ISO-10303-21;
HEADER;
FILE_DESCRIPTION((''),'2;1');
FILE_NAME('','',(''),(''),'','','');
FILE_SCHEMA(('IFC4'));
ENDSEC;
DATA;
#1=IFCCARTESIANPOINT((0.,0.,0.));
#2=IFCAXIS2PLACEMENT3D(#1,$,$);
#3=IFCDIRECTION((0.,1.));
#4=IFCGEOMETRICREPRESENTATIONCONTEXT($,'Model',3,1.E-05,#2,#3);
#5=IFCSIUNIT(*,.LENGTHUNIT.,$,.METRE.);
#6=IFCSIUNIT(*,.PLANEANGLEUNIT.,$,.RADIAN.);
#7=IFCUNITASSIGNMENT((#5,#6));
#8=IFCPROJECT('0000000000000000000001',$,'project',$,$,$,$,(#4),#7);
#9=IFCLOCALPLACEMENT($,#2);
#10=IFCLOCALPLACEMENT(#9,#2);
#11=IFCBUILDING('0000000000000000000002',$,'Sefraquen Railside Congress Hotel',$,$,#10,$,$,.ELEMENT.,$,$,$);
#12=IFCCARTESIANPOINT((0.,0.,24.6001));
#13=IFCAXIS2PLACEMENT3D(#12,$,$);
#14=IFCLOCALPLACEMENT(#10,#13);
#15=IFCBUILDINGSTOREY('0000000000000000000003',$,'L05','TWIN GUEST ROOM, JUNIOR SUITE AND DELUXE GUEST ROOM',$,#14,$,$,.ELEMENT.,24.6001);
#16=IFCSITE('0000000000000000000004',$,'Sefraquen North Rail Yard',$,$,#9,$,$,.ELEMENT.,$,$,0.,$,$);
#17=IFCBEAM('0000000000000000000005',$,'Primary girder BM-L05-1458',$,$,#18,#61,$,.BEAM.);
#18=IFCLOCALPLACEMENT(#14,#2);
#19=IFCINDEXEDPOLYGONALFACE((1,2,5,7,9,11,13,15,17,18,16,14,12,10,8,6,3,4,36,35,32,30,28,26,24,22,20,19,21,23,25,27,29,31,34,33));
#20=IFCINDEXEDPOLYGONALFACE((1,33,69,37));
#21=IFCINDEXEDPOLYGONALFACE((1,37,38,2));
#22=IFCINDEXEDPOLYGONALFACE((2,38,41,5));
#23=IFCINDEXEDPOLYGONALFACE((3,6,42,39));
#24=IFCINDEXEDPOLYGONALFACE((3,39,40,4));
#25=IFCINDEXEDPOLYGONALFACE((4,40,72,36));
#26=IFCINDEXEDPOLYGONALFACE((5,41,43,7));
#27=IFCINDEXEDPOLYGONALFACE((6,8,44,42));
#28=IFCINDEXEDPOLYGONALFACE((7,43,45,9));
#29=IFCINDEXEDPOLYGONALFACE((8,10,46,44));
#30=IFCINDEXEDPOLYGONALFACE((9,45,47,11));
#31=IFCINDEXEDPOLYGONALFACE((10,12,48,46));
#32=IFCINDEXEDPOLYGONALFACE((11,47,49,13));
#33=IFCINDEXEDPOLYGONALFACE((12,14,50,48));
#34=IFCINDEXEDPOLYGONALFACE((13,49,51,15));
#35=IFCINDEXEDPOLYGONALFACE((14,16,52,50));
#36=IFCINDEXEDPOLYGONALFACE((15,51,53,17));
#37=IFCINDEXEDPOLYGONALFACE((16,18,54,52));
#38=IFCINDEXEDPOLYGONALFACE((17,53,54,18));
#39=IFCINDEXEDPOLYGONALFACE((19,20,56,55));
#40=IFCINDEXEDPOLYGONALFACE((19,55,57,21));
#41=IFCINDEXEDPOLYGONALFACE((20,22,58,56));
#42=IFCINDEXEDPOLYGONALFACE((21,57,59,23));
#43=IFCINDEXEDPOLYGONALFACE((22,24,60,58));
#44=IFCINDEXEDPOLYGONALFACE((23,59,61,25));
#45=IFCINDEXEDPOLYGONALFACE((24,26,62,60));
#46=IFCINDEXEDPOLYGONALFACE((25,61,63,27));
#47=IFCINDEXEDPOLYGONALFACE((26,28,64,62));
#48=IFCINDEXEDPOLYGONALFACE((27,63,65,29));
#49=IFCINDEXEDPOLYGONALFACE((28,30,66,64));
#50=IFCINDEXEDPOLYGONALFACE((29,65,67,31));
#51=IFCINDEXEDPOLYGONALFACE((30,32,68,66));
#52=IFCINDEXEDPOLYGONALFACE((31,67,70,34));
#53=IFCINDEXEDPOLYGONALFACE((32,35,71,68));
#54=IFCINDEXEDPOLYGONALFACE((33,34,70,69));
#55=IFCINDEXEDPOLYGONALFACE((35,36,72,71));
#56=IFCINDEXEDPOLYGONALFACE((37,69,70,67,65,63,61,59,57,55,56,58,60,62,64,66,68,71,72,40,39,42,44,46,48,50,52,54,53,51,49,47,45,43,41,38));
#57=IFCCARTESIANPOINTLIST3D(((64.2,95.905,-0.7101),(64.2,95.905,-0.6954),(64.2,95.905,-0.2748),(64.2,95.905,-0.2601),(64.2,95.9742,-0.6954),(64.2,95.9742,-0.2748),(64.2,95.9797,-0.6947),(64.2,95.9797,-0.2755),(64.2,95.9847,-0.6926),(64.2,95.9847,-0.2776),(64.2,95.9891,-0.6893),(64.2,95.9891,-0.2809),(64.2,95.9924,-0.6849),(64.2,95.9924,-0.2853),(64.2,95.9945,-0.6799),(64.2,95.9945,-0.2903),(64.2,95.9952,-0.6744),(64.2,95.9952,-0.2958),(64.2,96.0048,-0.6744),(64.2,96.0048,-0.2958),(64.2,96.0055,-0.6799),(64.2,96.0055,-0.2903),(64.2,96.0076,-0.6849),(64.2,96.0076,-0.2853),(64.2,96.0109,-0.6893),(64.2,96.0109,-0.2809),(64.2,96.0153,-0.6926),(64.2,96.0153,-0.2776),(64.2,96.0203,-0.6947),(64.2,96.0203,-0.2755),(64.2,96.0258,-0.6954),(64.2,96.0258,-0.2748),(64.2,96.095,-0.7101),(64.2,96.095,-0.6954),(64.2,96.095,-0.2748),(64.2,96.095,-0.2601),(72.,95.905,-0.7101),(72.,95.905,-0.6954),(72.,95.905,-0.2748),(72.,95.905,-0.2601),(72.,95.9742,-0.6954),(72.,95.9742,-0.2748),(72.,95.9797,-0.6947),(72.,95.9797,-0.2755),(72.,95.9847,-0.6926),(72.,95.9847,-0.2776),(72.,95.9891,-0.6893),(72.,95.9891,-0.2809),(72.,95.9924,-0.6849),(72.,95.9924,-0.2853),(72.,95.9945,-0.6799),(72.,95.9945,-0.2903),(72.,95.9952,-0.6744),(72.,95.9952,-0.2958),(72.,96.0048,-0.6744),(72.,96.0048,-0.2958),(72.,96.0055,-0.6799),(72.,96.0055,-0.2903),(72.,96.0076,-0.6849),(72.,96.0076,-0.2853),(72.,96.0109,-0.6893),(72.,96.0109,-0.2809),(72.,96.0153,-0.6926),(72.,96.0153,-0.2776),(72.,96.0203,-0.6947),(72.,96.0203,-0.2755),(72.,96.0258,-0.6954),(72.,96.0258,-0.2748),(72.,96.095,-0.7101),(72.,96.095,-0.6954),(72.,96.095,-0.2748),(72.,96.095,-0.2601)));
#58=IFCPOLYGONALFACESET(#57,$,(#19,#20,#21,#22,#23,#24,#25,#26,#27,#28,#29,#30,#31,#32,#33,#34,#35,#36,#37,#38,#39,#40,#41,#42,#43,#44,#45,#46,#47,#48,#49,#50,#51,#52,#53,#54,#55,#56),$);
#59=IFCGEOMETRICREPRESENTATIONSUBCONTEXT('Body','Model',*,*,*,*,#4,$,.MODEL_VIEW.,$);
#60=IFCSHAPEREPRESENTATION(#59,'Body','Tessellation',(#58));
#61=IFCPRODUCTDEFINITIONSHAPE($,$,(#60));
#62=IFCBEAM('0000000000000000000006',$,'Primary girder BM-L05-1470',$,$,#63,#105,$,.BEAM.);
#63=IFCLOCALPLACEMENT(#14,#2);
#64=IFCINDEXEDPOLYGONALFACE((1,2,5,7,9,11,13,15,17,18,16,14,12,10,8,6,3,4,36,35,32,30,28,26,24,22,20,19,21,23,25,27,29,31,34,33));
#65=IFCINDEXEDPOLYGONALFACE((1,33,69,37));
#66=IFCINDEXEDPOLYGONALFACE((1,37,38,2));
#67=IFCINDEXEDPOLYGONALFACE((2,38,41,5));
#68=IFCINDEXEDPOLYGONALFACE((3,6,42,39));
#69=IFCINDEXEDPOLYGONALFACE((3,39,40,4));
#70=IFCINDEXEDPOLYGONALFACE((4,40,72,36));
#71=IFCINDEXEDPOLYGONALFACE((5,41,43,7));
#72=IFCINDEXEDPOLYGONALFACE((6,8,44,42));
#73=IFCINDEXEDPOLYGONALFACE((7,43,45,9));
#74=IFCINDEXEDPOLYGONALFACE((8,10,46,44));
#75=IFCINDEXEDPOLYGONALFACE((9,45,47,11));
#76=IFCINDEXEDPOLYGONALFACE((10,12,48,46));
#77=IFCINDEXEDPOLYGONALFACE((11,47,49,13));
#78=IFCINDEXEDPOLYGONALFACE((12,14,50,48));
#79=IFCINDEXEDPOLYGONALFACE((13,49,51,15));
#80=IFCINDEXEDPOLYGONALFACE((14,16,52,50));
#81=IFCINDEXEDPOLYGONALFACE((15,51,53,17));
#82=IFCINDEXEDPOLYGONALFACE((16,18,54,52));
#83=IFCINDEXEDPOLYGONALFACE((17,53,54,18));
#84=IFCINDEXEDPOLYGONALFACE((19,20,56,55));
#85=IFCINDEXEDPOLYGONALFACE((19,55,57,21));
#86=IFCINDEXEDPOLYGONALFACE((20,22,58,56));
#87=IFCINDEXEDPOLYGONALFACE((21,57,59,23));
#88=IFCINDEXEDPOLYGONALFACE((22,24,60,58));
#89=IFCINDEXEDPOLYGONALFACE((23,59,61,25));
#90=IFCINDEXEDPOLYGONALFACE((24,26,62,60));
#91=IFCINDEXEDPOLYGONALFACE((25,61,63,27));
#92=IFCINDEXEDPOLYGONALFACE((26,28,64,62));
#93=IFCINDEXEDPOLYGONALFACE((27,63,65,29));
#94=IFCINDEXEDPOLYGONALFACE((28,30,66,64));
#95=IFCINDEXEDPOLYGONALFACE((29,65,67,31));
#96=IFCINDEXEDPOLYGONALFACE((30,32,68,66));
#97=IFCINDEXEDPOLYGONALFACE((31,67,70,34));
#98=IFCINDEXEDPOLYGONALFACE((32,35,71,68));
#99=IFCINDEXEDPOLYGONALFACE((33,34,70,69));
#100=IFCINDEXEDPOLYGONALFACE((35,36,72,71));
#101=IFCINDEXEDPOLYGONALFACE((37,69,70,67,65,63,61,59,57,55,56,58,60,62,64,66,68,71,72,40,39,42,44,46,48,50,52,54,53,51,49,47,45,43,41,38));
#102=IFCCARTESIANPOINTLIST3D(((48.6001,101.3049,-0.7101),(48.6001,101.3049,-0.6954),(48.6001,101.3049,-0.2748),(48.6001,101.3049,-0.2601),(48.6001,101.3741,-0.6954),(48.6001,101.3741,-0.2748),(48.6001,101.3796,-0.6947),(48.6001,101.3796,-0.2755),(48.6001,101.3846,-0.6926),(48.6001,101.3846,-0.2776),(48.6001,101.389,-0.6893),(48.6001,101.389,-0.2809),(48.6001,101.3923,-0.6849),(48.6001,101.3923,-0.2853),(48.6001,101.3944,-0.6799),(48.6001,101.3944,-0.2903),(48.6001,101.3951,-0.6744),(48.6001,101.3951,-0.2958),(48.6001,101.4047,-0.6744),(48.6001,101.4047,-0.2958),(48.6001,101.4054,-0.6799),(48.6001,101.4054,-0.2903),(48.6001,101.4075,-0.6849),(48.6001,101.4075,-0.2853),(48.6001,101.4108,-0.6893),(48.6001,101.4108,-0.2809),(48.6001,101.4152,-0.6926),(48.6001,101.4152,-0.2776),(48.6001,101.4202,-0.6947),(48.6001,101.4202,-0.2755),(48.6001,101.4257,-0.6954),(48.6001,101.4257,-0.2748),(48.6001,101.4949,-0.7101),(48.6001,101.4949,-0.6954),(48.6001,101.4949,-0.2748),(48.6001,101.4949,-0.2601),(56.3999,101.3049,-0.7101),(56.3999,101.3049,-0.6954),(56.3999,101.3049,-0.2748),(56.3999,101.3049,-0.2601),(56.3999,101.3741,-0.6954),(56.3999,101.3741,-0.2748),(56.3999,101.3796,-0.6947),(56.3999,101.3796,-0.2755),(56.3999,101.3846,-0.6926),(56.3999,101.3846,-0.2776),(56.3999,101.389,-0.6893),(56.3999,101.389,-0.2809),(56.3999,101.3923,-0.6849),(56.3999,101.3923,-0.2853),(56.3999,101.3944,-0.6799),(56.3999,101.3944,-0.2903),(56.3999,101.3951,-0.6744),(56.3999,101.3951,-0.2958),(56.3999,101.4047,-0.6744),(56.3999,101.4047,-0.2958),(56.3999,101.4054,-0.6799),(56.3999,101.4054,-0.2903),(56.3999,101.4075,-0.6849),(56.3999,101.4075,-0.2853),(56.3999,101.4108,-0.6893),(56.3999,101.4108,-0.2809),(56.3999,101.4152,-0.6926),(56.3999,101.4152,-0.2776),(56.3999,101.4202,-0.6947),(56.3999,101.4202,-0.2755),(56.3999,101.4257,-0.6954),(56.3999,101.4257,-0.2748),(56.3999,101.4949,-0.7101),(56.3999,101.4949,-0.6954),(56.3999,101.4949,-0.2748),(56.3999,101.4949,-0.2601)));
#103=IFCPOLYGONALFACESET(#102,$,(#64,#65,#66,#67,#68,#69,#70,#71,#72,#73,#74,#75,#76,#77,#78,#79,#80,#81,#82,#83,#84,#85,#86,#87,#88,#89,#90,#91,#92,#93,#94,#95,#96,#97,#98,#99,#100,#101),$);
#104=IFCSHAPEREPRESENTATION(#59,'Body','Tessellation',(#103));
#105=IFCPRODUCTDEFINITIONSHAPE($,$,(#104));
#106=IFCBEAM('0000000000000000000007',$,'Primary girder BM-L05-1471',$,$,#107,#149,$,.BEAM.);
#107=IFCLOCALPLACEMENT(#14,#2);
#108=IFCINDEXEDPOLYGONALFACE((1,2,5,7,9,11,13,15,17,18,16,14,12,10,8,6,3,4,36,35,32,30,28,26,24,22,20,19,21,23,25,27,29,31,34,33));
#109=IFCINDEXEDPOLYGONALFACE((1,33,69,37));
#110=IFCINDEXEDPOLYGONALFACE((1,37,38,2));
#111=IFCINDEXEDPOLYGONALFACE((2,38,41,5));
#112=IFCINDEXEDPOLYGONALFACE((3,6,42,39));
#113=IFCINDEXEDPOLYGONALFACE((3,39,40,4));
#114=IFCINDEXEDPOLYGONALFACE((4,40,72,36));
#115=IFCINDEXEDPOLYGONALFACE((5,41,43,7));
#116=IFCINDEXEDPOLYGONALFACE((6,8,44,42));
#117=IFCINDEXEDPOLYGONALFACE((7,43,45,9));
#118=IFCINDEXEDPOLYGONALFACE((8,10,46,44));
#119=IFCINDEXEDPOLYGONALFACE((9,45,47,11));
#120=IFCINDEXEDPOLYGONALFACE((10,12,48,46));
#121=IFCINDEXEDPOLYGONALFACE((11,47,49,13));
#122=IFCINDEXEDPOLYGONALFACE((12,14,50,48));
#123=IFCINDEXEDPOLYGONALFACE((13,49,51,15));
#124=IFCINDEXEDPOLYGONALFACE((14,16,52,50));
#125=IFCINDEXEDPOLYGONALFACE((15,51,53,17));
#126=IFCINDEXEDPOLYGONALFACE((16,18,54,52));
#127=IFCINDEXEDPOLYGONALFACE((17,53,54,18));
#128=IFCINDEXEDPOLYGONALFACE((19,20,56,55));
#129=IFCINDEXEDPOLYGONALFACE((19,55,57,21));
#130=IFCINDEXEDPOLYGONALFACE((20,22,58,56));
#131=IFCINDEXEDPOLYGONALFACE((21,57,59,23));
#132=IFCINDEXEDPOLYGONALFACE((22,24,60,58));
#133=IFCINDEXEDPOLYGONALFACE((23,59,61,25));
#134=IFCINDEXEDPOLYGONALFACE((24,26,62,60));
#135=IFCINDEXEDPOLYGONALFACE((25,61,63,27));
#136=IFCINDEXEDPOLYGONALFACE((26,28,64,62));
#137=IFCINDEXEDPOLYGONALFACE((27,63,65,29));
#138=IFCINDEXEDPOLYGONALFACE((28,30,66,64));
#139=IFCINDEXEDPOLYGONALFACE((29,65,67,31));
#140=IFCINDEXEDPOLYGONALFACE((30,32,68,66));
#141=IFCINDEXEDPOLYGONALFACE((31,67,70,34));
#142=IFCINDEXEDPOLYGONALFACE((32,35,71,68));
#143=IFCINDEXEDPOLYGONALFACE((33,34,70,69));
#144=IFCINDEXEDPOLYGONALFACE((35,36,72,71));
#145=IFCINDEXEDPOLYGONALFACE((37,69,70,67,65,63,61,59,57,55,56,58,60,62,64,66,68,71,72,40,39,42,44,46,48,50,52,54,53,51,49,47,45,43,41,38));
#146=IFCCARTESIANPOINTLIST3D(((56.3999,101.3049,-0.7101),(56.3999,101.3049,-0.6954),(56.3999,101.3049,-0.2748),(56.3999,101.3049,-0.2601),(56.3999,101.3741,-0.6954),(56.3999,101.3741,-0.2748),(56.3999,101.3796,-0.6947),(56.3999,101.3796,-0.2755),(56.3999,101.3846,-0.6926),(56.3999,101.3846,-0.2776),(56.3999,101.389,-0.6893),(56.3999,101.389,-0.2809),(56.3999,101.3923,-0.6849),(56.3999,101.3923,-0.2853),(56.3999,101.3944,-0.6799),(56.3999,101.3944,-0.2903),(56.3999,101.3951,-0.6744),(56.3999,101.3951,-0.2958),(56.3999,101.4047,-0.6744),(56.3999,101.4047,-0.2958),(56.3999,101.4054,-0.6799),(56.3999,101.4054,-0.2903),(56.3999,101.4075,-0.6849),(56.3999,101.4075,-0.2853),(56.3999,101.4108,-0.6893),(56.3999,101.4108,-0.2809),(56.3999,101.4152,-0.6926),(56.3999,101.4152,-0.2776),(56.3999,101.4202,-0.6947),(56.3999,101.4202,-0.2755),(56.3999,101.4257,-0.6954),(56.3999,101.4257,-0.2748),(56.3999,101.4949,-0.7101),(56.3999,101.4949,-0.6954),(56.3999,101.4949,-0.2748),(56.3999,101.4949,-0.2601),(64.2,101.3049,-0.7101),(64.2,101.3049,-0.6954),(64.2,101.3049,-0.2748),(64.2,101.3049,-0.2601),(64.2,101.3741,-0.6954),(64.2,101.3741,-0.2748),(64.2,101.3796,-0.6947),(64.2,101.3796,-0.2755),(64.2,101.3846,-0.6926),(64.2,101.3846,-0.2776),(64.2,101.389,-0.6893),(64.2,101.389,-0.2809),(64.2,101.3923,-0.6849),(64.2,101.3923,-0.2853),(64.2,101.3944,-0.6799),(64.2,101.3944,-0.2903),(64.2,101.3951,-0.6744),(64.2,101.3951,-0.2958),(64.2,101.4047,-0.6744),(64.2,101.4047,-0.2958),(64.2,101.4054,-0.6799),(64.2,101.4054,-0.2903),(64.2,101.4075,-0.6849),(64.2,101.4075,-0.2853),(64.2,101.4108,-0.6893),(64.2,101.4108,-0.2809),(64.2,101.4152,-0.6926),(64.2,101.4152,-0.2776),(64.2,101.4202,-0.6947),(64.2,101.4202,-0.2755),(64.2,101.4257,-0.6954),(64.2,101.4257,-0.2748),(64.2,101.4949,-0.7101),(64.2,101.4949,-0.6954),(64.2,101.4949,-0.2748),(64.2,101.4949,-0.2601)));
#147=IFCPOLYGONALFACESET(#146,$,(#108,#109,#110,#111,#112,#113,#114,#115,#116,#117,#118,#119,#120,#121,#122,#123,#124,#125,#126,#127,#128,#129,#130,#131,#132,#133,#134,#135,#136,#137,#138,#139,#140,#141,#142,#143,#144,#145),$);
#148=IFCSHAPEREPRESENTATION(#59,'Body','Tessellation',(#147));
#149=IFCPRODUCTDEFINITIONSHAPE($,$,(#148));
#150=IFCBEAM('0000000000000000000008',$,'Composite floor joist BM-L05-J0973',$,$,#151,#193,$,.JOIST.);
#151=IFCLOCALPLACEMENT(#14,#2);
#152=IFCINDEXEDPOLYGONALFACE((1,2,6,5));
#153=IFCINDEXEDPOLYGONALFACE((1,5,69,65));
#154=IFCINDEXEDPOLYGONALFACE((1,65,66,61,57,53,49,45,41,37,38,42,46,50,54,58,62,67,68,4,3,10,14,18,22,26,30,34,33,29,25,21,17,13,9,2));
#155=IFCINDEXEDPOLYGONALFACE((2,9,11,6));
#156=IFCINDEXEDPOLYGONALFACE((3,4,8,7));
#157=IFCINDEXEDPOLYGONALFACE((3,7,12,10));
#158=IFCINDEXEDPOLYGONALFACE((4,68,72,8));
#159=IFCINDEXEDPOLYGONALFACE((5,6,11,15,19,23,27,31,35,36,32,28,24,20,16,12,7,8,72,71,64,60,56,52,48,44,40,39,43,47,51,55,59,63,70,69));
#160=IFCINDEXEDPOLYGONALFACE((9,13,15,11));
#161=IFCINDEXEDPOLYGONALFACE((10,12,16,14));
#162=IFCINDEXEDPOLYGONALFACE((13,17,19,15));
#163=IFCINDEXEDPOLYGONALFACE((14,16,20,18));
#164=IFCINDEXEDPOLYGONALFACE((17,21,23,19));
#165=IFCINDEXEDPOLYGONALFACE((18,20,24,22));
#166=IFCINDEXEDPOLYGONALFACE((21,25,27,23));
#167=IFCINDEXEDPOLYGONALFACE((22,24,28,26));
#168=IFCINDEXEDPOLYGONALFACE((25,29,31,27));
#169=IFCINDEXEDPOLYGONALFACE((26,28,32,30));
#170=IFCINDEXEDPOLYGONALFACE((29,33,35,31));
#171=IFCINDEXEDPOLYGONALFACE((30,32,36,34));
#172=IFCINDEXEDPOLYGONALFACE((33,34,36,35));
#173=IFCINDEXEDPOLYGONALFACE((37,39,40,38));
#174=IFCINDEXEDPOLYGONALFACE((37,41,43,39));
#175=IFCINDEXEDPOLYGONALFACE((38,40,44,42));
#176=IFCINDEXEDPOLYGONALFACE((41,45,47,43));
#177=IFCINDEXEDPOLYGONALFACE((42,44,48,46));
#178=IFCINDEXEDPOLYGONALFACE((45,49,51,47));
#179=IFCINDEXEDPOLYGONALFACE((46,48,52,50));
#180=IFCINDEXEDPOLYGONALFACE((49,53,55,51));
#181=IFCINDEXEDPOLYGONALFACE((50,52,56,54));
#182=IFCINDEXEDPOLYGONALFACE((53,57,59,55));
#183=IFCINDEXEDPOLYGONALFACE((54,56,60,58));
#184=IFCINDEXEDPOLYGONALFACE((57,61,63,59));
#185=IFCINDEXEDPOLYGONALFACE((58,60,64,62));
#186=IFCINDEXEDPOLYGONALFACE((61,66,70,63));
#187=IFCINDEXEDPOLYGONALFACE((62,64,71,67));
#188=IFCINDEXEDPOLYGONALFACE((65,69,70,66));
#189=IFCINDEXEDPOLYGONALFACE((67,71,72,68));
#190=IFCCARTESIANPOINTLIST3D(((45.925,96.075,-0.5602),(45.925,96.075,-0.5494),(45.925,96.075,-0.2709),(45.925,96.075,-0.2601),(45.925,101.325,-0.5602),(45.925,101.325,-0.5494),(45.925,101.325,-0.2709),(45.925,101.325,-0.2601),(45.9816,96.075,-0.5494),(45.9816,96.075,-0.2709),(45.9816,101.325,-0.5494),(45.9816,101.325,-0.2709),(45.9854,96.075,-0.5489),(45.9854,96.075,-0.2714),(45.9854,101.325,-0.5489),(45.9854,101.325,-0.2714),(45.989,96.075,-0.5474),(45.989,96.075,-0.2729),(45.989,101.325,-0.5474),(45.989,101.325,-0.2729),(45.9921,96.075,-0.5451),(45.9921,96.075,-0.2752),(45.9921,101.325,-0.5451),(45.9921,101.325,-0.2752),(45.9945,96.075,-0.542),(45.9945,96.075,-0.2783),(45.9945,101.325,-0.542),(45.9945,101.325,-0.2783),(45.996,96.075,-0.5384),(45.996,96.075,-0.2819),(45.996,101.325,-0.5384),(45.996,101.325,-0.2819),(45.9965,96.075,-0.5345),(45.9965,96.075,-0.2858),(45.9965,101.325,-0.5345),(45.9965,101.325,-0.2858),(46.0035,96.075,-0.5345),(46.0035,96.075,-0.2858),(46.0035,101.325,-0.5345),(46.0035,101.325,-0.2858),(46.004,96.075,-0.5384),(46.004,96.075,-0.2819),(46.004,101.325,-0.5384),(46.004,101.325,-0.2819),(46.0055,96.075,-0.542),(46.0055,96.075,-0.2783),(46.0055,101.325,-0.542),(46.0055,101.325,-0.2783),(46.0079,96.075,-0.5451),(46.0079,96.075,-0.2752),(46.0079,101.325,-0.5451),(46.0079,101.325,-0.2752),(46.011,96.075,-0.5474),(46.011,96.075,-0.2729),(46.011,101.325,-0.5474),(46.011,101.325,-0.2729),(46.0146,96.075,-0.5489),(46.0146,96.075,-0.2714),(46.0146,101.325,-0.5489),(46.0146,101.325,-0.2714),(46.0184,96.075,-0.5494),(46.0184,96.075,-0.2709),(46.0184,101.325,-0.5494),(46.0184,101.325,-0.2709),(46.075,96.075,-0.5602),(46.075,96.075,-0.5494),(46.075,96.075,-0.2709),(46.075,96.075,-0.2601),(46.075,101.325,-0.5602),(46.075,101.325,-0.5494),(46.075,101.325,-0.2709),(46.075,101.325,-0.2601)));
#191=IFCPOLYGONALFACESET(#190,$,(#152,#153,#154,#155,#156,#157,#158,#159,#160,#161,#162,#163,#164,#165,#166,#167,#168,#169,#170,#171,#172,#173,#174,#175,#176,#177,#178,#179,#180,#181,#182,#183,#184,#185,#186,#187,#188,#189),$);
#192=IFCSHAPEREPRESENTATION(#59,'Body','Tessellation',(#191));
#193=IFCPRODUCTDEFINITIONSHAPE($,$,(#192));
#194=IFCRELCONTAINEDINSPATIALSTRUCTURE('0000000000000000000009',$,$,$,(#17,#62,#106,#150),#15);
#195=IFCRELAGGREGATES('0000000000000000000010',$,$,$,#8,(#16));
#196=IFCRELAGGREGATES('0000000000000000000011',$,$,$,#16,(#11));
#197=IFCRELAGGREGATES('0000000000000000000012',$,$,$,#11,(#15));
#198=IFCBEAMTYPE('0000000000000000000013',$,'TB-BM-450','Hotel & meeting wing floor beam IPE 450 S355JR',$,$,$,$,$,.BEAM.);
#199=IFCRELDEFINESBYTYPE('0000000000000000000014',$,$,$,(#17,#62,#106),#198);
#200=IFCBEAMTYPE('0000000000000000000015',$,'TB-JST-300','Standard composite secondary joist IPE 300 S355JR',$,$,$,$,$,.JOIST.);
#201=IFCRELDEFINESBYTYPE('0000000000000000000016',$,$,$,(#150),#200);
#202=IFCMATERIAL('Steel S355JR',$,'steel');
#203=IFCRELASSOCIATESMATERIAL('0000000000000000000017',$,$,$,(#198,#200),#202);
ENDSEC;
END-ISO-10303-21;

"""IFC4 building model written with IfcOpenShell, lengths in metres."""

from ifc_helpers import new_model, si_unit, direction, frame, origin, origin_2d, place, context, subcontext, project, spatial, i_section, extrude, material, material_profile, profile_set, type_object, element, save


model = new_model("IFC4")

# Units and contexts
model_context = context("Model", 3, precision=1e-05, world=origin(), true_north=direction((0.0, 1.0)))
body_context = subcontext(model_context, "Body", "Model", "MODEL_VIEW")
ifc_project = project(units=[si_unit("LENGTHUNIT", "METRE"), si_unit("PLANEANGLEUNIT", "RADIAN")], contexts=[model_context])

# Site, building, storey
site_placement = place(None, origin())
site = spatial("IfcSite", under=ifc_project, at=site_placement, Name="Sefraquen North Rail Yard", CompositionType="ELEMENT", RefElevation=0.0)
building_placement = place(site_placement, origin())
building = spatial("IfcBuilding", under=site, at=building_placement, Name="Sefraquen Railside Congress Hotel", CompositionType="ELEMENT")
storey_placement = place(building_placement, frame((0.0, 0.0, 24.6001)))
storey = spatial("IfcBuildingStorey", under=building, at=storey_placement, Name="L05", Description="TWIN GUEST ROOM, JUNIOR SUITE AND DELUXE GUEST ROOM", CompositionType="ELEMENT", Elevation=24.6001)

# Shared definitions
ifc_material_1 = material(Name="Steel S355JR", Category="steel")

# Beams
ifc_material_profile_1 = material_profile(ifc_material_1, i_section(OverallWidth=0.1899, OverallDepth=0.45, WebThickness=0.0095, FlangeThickness=0.0146, FilletRadius=0.021, at=origin_2d()), Name="IPE 450")
ifc_profile_set_1 = profile_set([ifc_material_profile_1], Name="Steel S355JR")
beam_type_1 = type_object("IfcBeamType", Name="TB-BM-450", Description="Hotel & meeting wing floor beam IPE 450 S355JR", PredefinedType="BEAM", material=ifc_profile_set_1)
beam_1_placement = place(storey_placement, frame((64.2, 96.0, -0.4851), z_axis=(1.0, 0.0, 0.0), x_axis=(0.0, 1.0, 0.0)))
element("IfcBeam", 1, at=beam_1_placement, inside=storey, type_object=beam_type_1, Name="Primary girder BM-L05-1458", PredefinedType="BEAM", context=body_context, shape_type="SweptSolid", body=[
    extrude(i_section(OverallWidth=0.1899, OverallDepth=0.45, WebThickness=0.0095, FlangeThickness=0.0146, FilletRadius=0.021, at=origin_2d()), origin(), (0.0, 0.0, 1.0), 7.8),
])
beam_2_placement = place(storey_placement, frame((48.6001, 101.3999, -0.4851), z_axis=(1.0, 0.0, 0.0), x_axis=(0.0, 1.0, 0.0)))
element("IfcBeam", 2, at=beam_2_placement, inside=storey, type_object=beam_type_1, Name="Primary girder BM-L05-1470", PredefinedType="BEAM", context=body_context, shape_type="SweptSolid", body=[
    extrude(i_section(OverallWidth=0.1899, OverallDepth=0.45, WebThickness=0.0095, FlangeThickness=0.0146, FilletRadius=0.021, at=origin_2d()), origin(), (0.0, 0.0, 1.0), 7.7998),
])
beam_3_placement = place(storey_placement, frame((56.3999, 101.3999, -0.4851), z_axis=(1.0, 0.0, 0.0), x_axis=(0.0, 1.0, 0.0)))
element("IfcBeam", 3, at=beam_3_placement, inside=storey, type_object=beam_type_1, Name="Primary girder BM-L05-1471", PredefinedType="BEAM", context=body_context, shape_type="SweptSolid", body=[
    extrude(i_section(OverallWidth=0.1899, OverallDepth=0.45, WebThickness=0.0095, FlangeThickness=0.0146, FilletRadius=0.021, at=origin_2d()), origin(), (0.0, 0.0, 1.0), 7.8),
])
ifc_material_profile_2 = material_profile(ifc_material_1, i_section(OverallWidth=0.1499, OverallDepth=0.3, WebThickness=0.0071, FlangeThickness=0.0107, FilletRadius=0.0149, at=origin_2d()), Name="IPE 300")
ifc_profile_set_2 = profile_set([ifc_material_profile_2], Name="Steel S355JR")
beam_type_2 = type_object("IfcBeamType", Name="TB-JST-300", Description="Standard composite secondary joist IPE 300 S355JR", PredefinedType="JOIST", material=ifc_profile_set_2)
for number, where, z_axis, x_axis, name in (
    (4, (46.0, 96.075, -0.4102), (0.0, 1.0, 0.0), (-1.0, 0.0, 0.0), "Composite floor joist BM-L05-J0973"),
):
    element("IfcBeam", number, at=place(storey_placement, frame(where, z_axis=z_axis, x_axis=x_axis)), inside=storey, type_object=beam_type_2, Name=name, PredefinedType="JOIST", context=body_context, shape_type="SweptSolid", body=[
        extrude(i_section(OverallWidth=0.1499, OverallDepth=0.3, WebThickness=0.0071, FlangeThickness=0.0107, FilletRadius=0.0149, at=origin_2d()), origin(), (0.0, 0.0, 1.0), 5.25),
    ])

save(model, "model.ifc")
